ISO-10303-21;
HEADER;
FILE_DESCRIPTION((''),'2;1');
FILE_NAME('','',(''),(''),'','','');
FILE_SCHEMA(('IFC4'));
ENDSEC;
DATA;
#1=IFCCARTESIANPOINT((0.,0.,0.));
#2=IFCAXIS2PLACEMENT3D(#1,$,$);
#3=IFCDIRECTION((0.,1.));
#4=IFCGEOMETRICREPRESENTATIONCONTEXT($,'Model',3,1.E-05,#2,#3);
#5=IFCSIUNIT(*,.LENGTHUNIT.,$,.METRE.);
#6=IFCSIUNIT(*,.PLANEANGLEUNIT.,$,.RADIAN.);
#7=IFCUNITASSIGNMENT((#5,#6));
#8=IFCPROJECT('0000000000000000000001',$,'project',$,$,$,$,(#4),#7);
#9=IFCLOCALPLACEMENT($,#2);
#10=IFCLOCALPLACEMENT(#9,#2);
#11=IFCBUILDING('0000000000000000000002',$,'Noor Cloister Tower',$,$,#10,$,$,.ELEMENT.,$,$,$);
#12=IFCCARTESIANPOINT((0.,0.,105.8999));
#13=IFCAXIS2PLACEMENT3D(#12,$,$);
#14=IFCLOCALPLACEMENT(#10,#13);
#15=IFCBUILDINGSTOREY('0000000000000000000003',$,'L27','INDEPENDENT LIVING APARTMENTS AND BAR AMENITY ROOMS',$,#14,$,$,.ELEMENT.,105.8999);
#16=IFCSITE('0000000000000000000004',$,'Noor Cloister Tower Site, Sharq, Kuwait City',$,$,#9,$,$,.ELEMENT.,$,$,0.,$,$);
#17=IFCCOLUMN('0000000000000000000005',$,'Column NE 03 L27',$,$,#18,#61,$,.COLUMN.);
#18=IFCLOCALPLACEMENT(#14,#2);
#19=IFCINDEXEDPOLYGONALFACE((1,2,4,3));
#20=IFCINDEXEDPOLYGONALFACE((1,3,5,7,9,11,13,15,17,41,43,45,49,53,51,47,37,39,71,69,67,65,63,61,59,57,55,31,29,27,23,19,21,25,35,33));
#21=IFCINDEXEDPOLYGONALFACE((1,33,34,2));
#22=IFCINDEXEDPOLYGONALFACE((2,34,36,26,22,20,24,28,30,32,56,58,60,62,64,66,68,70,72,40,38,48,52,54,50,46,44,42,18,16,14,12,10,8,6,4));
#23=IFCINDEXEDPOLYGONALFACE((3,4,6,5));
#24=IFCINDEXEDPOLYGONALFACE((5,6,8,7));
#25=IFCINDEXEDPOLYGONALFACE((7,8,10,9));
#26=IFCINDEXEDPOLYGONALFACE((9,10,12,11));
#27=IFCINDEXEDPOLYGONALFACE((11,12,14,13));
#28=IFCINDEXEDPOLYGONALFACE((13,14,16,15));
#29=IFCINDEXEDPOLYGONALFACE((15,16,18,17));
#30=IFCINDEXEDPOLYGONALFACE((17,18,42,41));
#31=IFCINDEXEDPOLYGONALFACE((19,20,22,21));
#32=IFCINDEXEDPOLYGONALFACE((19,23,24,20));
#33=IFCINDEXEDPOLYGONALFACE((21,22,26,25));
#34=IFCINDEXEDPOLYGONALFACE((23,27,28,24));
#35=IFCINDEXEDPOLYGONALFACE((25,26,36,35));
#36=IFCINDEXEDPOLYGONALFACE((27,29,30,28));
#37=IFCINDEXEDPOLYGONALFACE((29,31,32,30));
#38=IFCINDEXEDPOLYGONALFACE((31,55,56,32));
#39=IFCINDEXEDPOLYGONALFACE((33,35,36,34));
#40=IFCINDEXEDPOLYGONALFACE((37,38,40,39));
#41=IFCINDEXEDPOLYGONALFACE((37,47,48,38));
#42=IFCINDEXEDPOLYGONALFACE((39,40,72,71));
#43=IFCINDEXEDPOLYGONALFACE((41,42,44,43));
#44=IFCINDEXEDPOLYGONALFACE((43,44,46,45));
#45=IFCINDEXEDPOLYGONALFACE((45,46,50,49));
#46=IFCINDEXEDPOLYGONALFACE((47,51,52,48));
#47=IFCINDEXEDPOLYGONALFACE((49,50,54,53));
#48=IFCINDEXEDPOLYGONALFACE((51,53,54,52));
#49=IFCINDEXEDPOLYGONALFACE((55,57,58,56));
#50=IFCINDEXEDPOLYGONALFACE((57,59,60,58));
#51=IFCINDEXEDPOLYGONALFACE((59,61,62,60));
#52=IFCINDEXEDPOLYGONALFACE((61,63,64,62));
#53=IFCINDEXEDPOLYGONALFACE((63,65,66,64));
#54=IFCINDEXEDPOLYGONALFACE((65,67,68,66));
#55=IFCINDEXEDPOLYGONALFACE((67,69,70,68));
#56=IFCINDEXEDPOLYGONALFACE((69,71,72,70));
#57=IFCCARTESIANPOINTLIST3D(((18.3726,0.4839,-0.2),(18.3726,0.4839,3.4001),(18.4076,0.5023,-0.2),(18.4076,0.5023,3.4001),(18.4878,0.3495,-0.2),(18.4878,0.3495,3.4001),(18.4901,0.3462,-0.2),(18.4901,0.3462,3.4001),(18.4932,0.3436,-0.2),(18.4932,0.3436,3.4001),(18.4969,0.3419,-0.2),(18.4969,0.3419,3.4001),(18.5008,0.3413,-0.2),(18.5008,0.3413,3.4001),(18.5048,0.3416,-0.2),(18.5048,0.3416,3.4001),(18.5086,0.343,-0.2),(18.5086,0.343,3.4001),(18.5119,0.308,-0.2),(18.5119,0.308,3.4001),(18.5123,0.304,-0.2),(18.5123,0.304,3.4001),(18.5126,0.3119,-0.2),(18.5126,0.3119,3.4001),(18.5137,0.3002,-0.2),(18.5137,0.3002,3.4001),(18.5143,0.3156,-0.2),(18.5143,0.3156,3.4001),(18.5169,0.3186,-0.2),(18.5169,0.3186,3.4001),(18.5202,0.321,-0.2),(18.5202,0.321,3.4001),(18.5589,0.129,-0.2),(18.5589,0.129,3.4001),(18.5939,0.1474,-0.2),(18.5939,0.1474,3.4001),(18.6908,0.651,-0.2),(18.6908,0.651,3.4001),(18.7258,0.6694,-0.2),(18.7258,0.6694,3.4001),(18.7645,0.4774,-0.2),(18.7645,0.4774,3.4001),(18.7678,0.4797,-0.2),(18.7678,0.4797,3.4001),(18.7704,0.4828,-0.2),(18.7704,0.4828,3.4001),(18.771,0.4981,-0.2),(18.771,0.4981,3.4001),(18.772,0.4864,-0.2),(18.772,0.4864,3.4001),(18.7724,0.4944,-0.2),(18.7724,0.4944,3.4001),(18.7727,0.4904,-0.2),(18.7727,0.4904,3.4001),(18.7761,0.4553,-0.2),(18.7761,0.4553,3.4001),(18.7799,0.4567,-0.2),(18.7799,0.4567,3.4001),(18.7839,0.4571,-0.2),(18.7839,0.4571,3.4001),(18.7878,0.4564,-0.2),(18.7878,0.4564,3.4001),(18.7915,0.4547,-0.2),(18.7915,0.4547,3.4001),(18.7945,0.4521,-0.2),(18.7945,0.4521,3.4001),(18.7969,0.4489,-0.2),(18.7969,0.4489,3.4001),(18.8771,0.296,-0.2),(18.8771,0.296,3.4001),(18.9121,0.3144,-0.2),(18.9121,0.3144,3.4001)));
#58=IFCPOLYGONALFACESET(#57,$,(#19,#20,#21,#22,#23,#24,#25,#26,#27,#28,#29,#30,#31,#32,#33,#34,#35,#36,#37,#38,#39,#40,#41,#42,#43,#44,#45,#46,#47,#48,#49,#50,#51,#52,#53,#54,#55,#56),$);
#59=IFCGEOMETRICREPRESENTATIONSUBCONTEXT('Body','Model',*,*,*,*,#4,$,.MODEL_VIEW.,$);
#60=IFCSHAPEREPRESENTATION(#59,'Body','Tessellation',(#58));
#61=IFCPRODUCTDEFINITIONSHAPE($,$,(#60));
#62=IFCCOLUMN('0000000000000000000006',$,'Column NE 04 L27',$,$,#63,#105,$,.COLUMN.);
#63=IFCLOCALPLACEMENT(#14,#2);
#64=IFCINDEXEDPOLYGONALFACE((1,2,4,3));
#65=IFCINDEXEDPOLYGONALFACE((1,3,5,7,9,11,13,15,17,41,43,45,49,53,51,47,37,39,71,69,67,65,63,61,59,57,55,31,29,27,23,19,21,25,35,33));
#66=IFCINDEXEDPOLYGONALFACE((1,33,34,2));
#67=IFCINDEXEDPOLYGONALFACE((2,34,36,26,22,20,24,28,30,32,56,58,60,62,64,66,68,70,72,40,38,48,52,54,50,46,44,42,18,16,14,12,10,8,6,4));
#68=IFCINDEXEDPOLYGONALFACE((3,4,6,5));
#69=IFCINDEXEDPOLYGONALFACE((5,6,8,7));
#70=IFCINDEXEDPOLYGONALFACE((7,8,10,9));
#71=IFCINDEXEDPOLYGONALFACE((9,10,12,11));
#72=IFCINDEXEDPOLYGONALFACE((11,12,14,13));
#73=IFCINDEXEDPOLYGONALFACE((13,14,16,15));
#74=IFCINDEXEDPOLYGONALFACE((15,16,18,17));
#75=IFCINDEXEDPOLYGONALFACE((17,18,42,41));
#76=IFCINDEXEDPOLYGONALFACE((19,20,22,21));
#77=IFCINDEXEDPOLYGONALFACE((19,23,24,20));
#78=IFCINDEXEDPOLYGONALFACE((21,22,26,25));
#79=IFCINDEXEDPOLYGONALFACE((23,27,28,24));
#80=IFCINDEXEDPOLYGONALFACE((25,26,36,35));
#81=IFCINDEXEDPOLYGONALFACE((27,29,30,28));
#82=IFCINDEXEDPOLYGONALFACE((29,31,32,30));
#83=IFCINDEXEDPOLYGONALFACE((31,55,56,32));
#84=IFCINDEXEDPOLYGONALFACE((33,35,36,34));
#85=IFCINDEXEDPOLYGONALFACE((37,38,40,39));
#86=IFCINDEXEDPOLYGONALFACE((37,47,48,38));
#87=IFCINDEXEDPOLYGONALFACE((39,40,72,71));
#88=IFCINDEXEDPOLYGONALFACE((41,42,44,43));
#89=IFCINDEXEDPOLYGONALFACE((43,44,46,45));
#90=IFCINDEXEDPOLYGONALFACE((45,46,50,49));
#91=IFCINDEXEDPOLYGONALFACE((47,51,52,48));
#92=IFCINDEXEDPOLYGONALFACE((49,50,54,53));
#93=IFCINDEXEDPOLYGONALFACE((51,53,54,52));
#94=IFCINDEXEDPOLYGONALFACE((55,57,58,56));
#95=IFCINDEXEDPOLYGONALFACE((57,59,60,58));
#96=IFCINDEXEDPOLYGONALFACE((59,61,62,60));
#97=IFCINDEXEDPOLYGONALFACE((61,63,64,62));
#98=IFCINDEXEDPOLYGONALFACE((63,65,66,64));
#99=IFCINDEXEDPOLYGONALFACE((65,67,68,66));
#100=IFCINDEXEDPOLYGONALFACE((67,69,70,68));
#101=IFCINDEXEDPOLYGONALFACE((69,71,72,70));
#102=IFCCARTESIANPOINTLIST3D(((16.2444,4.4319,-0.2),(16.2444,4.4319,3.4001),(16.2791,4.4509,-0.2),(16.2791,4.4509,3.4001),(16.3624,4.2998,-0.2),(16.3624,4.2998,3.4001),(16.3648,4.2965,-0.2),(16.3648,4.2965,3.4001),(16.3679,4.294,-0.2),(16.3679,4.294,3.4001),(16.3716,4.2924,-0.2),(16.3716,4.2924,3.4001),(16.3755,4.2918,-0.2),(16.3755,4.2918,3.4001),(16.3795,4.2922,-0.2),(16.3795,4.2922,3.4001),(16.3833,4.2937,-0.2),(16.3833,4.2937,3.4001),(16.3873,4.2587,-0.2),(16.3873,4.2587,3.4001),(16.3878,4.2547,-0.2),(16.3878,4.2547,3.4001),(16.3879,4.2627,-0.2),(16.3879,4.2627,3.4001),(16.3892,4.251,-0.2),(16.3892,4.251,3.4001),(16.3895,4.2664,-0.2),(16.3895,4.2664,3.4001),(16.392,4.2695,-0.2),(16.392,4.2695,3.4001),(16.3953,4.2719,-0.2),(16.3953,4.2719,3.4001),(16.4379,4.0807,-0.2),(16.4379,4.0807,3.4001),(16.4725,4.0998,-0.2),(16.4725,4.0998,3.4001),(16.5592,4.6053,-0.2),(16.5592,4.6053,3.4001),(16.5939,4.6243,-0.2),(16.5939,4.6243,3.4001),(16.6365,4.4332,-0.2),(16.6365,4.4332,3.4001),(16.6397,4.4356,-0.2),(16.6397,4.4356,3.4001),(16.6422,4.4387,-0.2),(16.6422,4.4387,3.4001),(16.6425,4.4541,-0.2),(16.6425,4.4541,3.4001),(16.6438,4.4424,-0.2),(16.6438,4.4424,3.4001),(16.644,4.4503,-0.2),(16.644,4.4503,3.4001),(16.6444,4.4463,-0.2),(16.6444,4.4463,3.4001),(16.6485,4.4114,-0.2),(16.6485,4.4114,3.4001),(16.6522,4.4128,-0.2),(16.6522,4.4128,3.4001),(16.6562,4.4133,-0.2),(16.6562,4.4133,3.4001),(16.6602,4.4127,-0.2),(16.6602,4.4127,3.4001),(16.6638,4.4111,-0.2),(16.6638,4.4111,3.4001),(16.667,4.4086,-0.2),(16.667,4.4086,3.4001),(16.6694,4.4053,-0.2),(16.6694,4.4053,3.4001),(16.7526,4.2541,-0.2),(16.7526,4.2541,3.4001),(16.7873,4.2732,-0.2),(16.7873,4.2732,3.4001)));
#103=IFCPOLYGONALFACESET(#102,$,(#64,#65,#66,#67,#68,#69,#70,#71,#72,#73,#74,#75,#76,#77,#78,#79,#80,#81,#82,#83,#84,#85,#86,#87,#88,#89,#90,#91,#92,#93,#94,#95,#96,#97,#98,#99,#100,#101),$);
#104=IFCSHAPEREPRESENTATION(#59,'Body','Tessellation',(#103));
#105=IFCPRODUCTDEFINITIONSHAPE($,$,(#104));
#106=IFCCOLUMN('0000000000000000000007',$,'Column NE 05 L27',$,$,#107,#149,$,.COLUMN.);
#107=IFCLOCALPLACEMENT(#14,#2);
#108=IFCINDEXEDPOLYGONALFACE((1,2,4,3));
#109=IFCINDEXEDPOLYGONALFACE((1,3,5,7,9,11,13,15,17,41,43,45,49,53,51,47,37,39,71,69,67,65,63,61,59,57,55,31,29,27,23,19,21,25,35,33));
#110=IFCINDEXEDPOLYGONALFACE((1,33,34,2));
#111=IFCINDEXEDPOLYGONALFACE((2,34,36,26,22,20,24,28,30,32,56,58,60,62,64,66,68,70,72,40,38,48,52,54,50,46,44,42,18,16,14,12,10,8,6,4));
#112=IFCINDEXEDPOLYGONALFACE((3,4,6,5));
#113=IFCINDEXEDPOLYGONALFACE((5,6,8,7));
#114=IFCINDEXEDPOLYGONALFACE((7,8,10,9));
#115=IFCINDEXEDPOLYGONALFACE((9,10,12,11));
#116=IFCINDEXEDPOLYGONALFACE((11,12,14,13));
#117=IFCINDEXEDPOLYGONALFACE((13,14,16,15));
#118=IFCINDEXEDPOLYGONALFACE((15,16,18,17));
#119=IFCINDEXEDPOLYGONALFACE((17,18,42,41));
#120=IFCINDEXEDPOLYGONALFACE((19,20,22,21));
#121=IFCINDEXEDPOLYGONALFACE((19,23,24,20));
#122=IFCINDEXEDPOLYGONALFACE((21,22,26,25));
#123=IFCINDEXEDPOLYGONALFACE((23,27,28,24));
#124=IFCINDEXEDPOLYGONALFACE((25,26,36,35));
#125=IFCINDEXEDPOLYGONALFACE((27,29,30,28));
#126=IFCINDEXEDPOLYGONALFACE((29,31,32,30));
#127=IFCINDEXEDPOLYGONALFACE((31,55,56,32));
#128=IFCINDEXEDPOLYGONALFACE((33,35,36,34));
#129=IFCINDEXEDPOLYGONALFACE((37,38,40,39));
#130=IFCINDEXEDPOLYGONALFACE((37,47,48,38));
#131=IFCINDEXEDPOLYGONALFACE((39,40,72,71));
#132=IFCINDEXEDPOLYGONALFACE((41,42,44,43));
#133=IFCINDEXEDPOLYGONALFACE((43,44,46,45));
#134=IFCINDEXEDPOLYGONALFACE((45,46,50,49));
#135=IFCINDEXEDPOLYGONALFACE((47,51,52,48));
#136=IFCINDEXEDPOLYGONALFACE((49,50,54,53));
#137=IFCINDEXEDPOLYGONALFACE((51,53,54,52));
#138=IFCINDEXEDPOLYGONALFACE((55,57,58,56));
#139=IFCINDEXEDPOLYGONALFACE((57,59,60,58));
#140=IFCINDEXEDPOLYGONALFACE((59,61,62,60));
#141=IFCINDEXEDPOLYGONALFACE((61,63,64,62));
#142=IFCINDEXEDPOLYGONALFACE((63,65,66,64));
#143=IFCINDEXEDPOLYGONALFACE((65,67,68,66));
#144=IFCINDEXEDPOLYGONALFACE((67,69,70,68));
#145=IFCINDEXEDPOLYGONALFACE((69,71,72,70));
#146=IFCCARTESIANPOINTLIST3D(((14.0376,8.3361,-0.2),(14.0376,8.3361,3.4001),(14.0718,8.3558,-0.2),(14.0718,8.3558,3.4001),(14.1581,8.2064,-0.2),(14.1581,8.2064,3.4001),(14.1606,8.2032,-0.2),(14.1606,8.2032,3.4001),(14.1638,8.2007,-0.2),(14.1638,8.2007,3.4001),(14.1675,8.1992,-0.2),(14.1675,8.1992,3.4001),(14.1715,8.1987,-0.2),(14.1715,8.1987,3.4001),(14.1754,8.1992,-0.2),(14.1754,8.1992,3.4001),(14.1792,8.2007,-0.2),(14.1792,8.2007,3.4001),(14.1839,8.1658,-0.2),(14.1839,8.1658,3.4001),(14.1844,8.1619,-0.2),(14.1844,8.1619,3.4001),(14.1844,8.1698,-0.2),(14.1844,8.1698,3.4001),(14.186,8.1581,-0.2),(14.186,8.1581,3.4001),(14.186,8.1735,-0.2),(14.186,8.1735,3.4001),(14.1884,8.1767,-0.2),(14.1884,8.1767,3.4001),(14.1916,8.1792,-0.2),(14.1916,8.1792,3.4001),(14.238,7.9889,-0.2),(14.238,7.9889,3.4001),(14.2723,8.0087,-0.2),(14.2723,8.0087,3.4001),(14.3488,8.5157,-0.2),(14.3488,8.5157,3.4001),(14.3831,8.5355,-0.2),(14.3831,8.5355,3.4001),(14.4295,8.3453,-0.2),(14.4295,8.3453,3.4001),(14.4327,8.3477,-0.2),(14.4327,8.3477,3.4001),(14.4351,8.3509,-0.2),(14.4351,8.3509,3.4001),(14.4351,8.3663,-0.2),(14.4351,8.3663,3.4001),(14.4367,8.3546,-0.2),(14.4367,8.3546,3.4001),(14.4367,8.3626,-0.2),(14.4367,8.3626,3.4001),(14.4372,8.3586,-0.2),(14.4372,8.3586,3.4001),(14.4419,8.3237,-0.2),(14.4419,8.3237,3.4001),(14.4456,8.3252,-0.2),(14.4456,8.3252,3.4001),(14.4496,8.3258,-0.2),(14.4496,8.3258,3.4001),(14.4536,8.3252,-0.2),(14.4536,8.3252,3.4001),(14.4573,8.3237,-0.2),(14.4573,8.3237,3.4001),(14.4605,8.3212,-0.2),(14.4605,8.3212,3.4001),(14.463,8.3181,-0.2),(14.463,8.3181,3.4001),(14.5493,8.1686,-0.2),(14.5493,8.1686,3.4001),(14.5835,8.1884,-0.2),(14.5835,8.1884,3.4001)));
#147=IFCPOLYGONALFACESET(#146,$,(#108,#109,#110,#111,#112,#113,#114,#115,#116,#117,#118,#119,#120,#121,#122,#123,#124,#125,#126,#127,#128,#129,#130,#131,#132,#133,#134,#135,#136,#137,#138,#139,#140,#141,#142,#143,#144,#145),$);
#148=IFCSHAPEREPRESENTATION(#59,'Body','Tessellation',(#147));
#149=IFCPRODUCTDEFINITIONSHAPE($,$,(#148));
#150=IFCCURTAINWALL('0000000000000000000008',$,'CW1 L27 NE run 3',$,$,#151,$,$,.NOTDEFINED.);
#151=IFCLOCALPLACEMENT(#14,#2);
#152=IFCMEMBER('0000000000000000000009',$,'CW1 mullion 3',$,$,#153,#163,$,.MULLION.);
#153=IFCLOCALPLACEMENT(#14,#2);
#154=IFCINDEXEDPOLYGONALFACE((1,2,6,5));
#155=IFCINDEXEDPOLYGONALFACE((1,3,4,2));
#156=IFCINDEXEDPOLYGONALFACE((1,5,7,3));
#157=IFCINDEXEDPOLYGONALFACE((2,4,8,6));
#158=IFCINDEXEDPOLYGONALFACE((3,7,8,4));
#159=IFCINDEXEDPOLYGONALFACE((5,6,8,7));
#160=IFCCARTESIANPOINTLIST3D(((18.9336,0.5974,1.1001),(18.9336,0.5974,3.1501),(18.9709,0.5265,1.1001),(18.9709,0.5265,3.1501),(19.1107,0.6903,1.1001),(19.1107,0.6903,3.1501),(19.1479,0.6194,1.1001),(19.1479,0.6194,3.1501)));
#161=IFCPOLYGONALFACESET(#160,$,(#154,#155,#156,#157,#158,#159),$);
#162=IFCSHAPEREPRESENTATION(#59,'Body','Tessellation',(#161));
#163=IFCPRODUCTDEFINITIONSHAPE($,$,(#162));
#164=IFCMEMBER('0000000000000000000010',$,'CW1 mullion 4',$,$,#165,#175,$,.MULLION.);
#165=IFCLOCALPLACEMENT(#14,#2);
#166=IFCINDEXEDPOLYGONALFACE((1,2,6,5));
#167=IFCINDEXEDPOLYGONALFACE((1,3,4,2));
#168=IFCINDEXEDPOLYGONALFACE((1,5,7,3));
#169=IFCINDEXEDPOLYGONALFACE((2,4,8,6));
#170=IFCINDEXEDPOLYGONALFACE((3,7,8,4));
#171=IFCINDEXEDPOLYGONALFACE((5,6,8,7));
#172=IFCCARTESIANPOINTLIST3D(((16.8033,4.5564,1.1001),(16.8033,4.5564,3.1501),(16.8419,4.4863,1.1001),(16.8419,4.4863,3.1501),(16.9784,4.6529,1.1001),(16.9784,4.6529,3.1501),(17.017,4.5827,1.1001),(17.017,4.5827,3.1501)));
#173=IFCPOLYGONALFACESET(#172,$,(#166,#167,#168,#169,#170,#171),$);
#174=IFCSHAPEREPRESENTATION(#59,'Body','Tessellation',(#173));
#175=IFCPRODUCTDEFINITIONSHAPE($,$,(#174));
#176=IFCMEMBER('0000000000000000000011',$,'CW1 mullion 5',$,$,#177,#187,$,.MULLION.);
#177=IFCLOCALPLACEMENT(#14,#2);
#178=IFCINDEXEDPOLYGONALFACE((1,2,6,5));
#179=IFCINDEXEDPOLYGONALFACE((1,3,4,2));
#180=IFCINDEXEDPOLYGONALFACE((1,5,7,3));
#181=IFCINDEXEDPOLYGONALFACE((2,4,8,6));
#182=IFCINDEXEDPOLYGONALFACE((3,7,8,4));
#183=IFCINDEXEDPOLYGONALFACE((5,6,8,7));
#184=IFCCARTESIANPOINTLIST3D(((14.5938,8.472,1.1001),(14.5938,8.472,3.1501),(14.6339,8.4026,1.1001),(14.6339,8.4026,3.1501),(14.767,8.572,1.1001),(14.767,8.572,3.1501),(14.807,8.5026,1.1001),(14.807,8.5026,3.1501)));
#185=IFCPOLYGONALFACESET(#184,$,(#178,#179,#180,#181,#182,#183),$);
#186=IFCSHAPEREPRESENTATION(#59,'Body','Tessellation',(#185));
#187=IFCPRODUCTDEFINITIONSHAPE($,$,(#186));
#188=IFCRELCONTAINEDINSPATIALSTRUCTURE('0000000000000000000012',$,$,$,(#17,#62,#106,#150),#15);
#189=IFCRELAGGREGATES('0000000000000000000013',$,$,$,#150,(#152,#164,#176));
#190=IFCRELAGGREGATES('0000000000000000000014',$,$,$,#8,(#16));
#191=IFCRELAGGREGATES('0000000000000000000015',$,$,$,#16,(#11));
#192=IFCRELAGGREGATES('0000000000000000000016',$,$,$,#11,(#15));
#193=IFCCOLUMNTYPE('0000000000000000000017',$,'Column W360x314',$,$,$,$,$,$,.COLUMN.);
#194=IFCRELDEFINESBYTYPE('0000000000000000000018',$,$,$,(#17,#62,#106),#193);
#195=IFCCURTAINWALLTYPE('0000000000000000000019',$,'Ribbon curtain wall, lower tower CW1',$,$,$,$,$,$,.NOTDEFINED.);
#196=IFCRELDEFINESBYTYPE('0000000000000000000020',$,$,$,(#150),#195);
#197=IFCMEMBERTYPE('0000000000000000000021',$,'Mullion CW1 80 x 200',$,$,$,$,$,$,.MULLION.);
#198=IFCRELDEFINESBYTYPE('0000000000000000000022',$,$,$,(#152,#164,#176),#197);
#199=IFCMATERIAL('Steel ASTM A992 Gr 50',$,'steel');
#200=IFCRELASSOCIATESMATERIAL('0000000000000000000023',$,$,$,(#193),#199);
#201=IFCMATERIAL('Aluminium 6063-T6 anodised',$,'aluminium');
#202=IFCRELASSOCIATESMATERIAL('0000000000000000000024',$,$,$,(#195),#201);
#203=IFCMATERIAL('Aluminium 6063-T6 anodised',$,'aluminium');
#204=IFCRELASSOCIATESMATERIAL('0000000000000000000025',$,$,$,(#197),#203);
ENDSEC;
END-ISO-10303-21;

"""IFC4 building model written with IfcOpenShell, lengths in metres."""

from ifc_helpers import new_model, si_unit, direction, frame, origin, origin_2d, place, context, subcontext, project, spatial, rectangle, i_section, extrude, material, material_profile, profile_set, type_object, element, aggregate, save


model = new_model("IFC4")

# Units and contexts
model_context = context("Model", 3, precision=1e-05, world=origin(), true_north=direction((0.0, 1.0)))
body_context = subcontext(model_context, "Body", "Model", "MODEL_VIEW")
ifc_project = project(units=[si_unit("LENGTHUNIT", "METRE"), si_unit("PLANEANGLEUNIT", "RADIAN")], contexts=[model_context])

# Site, building, storey
site_placement = place(None, origin())
site = spatial("IfcSite", under=ifc_project, at=site_placement, Name="Noor Cloister Tower Site, Sharq, Kuwait City", CompositionType="ELEMENT", RefElevation=0.0)
building_placement = place(site_placement, origin())
building = spatial("IfcBuilding", under=site, at=building_placement, Name="Noor Cloister Tower", CompositionType="ELEMENT")
storey_placement = place(building_placement, frame((0.0, 0.0, 105.8999)))
storey = spatial("IfcBuildingStorey", under=building, at=storey_placement, Name="L27", Description="INDEPENDENT LIVING APARTMENTS AND BAR AMENITY ROOMS", CompositionType="ELEMENT", Elevation=105.8999)

# Columns
ifc_material_1 = material(Name="Steel ASTM A992 Gr 50", Category="steel")
ifc_material_profile_1 = material_profile(ifc_material_1, i_section(OverallWidth=0.4009, OverallDepth=0.3989, WebThickness=0.0249, FlangeThickness=0.0396, FilletRadius=0.0154, at=origin_2d()), Name="W360x314")
ifc_profile_set_1 = profile_set([ifc_material_profile_1], Name="Steel ASTM A992 Gr 50")
column_type = type_object("IfcColumnType", Name="Column W360x314", PredefinedType="COLUMN", material=ifc_profile_set_1)
for number, where, z_axis, x_axis, name in (
    (1, (18.6423, 0.3992, -0.2), (0.0, 0.0, 1.0), (-0.464829, 0.885401, 0.0), "Column NE 03 L27"),
    (2, (16.5159, 4.3525, -0.2), (0.0, 0.0, 1.0), (-0.482512, 0.87589, 0.0), "Column NE 04 L27"),
    (3, (14.3105, 8.2622, -0.2), (0.0, 0.0, 1.0), (-0.5, 0.866025, 0.0), "Column NE 05 L27"),
):
    element("IfcColumn", number, at=place(storey_placement, frame(where, z_axis=z_axis, x_axis=x_axis)), inside=storey, type_object=column_type, Name=name, PredefinedType="COLUMN", context=body_context, shape_type="SweptSolid", body=[
        extrude(i_section(OverallWidth=0.4009, OverallDepth=0.3989, WebThickness=0.0249, FlangeThickness=0.0396, FilletRadius=0.0154, at=origin_2d()), origin(), (0.0, 0.0, 1.0), 3.6001),
    ])

# Curtain wall, members
ifc_material_2 = material(Name="Aluminium 6063-T6 anodised", Category="aluminium")
curtain_wall_type = type_object("IfcCurtainWallType", Name="Ribbon curtain wall, lower tower CW1", PredefinedType="NOTDEFINED", material=ifc_material_2)
curtain_wall_placement = place(storey_placement, origin())
curtain_wall = element("IfcCurtainWall", 4, at=curtain_wall_placement, inside=storey, type_object=curtain_wall_type, Name="CW1 L27 NE run 3", PredefinedType="NOTDEFINED")
ifc_material_3 = material(Name="Aluminium 6063-T6 anodised", Category="aluminium")
ifc_material_profile_2 = material_profile(ifc_material_3, rectangle(XDim=0.2, YDim=0.0801, at=origin_2d()), Name="200 x 80 mullion")
ifc_profile_set_2 = profile_set([ifc_material_profile_2], Name="Aluminium 6063-T6 anodised")
member_type = type_object("IfcMemberType", Name="Mullion CW1 80 x 200", PredefinedType="MULLION", material=ifc_profile_set_2)
member_1_placement = place(storey_placement, frame((19.0408, 0.6084, 1.1001), z_axis=(0.0, 0.0, 1.0), x_axis=(-0.885401, -0.464829, 0.0)))
member_1 = element("IfcMember", 5, at=member_1_placement, type_object=member_type, Name="CW1 mullion 3", PredefinedType="MULLION", context=body_context, shape_type="SweptSolid", body=[
    extrude(rectangle(XDim=0.2, YDim=0.0801, at=origin_2d()), origin(), (0.0, 0.0, 1.0), 2.05),
])
member_2_placement = place(storey_placement, frame((16.9102, 4.5696, 1.1001), z_axis=(0.0, 0.0, 1.0), x_axis=(-0.87589, -0.482512, 0.0)))
member_2 = element("IfcMember", 6, at=member_2_placement, type_object=member_type, Name="CW1 mullion 4", PredefinedType="MULLION", context=body_context, shape_type="SweptSolid", body=[
    extrude(rectangle(XDim=0.2, YDim=0.0801, at=origin_2d()), origin(), (0.0, 0.0, 1.0), 2.05),
])
member_3_placement = place(storey_placement, frame((14.7004, 8.4873, 1.1001), z_axis=(0.0, 0.0, 1.0), x_axis=(-0.866025, -0.5, 0.0)))
member_3 = element("IfcMember", 7, at=member_3_placement, type_object=member_type, Name="CW1 mullion 5", PredefinedType="MULLION", context=body_context, shape_type="SweptSolid", body=[
    extrude(rectangle(XDim=0.2, YDim=0.0801, at=origin_2d()), origin(), (0.0, 0.0, 1.0), 2.05),
])

aggregate(curtain_wall, [member_1, member_2, member_3])

save(model, "model.ifc")
